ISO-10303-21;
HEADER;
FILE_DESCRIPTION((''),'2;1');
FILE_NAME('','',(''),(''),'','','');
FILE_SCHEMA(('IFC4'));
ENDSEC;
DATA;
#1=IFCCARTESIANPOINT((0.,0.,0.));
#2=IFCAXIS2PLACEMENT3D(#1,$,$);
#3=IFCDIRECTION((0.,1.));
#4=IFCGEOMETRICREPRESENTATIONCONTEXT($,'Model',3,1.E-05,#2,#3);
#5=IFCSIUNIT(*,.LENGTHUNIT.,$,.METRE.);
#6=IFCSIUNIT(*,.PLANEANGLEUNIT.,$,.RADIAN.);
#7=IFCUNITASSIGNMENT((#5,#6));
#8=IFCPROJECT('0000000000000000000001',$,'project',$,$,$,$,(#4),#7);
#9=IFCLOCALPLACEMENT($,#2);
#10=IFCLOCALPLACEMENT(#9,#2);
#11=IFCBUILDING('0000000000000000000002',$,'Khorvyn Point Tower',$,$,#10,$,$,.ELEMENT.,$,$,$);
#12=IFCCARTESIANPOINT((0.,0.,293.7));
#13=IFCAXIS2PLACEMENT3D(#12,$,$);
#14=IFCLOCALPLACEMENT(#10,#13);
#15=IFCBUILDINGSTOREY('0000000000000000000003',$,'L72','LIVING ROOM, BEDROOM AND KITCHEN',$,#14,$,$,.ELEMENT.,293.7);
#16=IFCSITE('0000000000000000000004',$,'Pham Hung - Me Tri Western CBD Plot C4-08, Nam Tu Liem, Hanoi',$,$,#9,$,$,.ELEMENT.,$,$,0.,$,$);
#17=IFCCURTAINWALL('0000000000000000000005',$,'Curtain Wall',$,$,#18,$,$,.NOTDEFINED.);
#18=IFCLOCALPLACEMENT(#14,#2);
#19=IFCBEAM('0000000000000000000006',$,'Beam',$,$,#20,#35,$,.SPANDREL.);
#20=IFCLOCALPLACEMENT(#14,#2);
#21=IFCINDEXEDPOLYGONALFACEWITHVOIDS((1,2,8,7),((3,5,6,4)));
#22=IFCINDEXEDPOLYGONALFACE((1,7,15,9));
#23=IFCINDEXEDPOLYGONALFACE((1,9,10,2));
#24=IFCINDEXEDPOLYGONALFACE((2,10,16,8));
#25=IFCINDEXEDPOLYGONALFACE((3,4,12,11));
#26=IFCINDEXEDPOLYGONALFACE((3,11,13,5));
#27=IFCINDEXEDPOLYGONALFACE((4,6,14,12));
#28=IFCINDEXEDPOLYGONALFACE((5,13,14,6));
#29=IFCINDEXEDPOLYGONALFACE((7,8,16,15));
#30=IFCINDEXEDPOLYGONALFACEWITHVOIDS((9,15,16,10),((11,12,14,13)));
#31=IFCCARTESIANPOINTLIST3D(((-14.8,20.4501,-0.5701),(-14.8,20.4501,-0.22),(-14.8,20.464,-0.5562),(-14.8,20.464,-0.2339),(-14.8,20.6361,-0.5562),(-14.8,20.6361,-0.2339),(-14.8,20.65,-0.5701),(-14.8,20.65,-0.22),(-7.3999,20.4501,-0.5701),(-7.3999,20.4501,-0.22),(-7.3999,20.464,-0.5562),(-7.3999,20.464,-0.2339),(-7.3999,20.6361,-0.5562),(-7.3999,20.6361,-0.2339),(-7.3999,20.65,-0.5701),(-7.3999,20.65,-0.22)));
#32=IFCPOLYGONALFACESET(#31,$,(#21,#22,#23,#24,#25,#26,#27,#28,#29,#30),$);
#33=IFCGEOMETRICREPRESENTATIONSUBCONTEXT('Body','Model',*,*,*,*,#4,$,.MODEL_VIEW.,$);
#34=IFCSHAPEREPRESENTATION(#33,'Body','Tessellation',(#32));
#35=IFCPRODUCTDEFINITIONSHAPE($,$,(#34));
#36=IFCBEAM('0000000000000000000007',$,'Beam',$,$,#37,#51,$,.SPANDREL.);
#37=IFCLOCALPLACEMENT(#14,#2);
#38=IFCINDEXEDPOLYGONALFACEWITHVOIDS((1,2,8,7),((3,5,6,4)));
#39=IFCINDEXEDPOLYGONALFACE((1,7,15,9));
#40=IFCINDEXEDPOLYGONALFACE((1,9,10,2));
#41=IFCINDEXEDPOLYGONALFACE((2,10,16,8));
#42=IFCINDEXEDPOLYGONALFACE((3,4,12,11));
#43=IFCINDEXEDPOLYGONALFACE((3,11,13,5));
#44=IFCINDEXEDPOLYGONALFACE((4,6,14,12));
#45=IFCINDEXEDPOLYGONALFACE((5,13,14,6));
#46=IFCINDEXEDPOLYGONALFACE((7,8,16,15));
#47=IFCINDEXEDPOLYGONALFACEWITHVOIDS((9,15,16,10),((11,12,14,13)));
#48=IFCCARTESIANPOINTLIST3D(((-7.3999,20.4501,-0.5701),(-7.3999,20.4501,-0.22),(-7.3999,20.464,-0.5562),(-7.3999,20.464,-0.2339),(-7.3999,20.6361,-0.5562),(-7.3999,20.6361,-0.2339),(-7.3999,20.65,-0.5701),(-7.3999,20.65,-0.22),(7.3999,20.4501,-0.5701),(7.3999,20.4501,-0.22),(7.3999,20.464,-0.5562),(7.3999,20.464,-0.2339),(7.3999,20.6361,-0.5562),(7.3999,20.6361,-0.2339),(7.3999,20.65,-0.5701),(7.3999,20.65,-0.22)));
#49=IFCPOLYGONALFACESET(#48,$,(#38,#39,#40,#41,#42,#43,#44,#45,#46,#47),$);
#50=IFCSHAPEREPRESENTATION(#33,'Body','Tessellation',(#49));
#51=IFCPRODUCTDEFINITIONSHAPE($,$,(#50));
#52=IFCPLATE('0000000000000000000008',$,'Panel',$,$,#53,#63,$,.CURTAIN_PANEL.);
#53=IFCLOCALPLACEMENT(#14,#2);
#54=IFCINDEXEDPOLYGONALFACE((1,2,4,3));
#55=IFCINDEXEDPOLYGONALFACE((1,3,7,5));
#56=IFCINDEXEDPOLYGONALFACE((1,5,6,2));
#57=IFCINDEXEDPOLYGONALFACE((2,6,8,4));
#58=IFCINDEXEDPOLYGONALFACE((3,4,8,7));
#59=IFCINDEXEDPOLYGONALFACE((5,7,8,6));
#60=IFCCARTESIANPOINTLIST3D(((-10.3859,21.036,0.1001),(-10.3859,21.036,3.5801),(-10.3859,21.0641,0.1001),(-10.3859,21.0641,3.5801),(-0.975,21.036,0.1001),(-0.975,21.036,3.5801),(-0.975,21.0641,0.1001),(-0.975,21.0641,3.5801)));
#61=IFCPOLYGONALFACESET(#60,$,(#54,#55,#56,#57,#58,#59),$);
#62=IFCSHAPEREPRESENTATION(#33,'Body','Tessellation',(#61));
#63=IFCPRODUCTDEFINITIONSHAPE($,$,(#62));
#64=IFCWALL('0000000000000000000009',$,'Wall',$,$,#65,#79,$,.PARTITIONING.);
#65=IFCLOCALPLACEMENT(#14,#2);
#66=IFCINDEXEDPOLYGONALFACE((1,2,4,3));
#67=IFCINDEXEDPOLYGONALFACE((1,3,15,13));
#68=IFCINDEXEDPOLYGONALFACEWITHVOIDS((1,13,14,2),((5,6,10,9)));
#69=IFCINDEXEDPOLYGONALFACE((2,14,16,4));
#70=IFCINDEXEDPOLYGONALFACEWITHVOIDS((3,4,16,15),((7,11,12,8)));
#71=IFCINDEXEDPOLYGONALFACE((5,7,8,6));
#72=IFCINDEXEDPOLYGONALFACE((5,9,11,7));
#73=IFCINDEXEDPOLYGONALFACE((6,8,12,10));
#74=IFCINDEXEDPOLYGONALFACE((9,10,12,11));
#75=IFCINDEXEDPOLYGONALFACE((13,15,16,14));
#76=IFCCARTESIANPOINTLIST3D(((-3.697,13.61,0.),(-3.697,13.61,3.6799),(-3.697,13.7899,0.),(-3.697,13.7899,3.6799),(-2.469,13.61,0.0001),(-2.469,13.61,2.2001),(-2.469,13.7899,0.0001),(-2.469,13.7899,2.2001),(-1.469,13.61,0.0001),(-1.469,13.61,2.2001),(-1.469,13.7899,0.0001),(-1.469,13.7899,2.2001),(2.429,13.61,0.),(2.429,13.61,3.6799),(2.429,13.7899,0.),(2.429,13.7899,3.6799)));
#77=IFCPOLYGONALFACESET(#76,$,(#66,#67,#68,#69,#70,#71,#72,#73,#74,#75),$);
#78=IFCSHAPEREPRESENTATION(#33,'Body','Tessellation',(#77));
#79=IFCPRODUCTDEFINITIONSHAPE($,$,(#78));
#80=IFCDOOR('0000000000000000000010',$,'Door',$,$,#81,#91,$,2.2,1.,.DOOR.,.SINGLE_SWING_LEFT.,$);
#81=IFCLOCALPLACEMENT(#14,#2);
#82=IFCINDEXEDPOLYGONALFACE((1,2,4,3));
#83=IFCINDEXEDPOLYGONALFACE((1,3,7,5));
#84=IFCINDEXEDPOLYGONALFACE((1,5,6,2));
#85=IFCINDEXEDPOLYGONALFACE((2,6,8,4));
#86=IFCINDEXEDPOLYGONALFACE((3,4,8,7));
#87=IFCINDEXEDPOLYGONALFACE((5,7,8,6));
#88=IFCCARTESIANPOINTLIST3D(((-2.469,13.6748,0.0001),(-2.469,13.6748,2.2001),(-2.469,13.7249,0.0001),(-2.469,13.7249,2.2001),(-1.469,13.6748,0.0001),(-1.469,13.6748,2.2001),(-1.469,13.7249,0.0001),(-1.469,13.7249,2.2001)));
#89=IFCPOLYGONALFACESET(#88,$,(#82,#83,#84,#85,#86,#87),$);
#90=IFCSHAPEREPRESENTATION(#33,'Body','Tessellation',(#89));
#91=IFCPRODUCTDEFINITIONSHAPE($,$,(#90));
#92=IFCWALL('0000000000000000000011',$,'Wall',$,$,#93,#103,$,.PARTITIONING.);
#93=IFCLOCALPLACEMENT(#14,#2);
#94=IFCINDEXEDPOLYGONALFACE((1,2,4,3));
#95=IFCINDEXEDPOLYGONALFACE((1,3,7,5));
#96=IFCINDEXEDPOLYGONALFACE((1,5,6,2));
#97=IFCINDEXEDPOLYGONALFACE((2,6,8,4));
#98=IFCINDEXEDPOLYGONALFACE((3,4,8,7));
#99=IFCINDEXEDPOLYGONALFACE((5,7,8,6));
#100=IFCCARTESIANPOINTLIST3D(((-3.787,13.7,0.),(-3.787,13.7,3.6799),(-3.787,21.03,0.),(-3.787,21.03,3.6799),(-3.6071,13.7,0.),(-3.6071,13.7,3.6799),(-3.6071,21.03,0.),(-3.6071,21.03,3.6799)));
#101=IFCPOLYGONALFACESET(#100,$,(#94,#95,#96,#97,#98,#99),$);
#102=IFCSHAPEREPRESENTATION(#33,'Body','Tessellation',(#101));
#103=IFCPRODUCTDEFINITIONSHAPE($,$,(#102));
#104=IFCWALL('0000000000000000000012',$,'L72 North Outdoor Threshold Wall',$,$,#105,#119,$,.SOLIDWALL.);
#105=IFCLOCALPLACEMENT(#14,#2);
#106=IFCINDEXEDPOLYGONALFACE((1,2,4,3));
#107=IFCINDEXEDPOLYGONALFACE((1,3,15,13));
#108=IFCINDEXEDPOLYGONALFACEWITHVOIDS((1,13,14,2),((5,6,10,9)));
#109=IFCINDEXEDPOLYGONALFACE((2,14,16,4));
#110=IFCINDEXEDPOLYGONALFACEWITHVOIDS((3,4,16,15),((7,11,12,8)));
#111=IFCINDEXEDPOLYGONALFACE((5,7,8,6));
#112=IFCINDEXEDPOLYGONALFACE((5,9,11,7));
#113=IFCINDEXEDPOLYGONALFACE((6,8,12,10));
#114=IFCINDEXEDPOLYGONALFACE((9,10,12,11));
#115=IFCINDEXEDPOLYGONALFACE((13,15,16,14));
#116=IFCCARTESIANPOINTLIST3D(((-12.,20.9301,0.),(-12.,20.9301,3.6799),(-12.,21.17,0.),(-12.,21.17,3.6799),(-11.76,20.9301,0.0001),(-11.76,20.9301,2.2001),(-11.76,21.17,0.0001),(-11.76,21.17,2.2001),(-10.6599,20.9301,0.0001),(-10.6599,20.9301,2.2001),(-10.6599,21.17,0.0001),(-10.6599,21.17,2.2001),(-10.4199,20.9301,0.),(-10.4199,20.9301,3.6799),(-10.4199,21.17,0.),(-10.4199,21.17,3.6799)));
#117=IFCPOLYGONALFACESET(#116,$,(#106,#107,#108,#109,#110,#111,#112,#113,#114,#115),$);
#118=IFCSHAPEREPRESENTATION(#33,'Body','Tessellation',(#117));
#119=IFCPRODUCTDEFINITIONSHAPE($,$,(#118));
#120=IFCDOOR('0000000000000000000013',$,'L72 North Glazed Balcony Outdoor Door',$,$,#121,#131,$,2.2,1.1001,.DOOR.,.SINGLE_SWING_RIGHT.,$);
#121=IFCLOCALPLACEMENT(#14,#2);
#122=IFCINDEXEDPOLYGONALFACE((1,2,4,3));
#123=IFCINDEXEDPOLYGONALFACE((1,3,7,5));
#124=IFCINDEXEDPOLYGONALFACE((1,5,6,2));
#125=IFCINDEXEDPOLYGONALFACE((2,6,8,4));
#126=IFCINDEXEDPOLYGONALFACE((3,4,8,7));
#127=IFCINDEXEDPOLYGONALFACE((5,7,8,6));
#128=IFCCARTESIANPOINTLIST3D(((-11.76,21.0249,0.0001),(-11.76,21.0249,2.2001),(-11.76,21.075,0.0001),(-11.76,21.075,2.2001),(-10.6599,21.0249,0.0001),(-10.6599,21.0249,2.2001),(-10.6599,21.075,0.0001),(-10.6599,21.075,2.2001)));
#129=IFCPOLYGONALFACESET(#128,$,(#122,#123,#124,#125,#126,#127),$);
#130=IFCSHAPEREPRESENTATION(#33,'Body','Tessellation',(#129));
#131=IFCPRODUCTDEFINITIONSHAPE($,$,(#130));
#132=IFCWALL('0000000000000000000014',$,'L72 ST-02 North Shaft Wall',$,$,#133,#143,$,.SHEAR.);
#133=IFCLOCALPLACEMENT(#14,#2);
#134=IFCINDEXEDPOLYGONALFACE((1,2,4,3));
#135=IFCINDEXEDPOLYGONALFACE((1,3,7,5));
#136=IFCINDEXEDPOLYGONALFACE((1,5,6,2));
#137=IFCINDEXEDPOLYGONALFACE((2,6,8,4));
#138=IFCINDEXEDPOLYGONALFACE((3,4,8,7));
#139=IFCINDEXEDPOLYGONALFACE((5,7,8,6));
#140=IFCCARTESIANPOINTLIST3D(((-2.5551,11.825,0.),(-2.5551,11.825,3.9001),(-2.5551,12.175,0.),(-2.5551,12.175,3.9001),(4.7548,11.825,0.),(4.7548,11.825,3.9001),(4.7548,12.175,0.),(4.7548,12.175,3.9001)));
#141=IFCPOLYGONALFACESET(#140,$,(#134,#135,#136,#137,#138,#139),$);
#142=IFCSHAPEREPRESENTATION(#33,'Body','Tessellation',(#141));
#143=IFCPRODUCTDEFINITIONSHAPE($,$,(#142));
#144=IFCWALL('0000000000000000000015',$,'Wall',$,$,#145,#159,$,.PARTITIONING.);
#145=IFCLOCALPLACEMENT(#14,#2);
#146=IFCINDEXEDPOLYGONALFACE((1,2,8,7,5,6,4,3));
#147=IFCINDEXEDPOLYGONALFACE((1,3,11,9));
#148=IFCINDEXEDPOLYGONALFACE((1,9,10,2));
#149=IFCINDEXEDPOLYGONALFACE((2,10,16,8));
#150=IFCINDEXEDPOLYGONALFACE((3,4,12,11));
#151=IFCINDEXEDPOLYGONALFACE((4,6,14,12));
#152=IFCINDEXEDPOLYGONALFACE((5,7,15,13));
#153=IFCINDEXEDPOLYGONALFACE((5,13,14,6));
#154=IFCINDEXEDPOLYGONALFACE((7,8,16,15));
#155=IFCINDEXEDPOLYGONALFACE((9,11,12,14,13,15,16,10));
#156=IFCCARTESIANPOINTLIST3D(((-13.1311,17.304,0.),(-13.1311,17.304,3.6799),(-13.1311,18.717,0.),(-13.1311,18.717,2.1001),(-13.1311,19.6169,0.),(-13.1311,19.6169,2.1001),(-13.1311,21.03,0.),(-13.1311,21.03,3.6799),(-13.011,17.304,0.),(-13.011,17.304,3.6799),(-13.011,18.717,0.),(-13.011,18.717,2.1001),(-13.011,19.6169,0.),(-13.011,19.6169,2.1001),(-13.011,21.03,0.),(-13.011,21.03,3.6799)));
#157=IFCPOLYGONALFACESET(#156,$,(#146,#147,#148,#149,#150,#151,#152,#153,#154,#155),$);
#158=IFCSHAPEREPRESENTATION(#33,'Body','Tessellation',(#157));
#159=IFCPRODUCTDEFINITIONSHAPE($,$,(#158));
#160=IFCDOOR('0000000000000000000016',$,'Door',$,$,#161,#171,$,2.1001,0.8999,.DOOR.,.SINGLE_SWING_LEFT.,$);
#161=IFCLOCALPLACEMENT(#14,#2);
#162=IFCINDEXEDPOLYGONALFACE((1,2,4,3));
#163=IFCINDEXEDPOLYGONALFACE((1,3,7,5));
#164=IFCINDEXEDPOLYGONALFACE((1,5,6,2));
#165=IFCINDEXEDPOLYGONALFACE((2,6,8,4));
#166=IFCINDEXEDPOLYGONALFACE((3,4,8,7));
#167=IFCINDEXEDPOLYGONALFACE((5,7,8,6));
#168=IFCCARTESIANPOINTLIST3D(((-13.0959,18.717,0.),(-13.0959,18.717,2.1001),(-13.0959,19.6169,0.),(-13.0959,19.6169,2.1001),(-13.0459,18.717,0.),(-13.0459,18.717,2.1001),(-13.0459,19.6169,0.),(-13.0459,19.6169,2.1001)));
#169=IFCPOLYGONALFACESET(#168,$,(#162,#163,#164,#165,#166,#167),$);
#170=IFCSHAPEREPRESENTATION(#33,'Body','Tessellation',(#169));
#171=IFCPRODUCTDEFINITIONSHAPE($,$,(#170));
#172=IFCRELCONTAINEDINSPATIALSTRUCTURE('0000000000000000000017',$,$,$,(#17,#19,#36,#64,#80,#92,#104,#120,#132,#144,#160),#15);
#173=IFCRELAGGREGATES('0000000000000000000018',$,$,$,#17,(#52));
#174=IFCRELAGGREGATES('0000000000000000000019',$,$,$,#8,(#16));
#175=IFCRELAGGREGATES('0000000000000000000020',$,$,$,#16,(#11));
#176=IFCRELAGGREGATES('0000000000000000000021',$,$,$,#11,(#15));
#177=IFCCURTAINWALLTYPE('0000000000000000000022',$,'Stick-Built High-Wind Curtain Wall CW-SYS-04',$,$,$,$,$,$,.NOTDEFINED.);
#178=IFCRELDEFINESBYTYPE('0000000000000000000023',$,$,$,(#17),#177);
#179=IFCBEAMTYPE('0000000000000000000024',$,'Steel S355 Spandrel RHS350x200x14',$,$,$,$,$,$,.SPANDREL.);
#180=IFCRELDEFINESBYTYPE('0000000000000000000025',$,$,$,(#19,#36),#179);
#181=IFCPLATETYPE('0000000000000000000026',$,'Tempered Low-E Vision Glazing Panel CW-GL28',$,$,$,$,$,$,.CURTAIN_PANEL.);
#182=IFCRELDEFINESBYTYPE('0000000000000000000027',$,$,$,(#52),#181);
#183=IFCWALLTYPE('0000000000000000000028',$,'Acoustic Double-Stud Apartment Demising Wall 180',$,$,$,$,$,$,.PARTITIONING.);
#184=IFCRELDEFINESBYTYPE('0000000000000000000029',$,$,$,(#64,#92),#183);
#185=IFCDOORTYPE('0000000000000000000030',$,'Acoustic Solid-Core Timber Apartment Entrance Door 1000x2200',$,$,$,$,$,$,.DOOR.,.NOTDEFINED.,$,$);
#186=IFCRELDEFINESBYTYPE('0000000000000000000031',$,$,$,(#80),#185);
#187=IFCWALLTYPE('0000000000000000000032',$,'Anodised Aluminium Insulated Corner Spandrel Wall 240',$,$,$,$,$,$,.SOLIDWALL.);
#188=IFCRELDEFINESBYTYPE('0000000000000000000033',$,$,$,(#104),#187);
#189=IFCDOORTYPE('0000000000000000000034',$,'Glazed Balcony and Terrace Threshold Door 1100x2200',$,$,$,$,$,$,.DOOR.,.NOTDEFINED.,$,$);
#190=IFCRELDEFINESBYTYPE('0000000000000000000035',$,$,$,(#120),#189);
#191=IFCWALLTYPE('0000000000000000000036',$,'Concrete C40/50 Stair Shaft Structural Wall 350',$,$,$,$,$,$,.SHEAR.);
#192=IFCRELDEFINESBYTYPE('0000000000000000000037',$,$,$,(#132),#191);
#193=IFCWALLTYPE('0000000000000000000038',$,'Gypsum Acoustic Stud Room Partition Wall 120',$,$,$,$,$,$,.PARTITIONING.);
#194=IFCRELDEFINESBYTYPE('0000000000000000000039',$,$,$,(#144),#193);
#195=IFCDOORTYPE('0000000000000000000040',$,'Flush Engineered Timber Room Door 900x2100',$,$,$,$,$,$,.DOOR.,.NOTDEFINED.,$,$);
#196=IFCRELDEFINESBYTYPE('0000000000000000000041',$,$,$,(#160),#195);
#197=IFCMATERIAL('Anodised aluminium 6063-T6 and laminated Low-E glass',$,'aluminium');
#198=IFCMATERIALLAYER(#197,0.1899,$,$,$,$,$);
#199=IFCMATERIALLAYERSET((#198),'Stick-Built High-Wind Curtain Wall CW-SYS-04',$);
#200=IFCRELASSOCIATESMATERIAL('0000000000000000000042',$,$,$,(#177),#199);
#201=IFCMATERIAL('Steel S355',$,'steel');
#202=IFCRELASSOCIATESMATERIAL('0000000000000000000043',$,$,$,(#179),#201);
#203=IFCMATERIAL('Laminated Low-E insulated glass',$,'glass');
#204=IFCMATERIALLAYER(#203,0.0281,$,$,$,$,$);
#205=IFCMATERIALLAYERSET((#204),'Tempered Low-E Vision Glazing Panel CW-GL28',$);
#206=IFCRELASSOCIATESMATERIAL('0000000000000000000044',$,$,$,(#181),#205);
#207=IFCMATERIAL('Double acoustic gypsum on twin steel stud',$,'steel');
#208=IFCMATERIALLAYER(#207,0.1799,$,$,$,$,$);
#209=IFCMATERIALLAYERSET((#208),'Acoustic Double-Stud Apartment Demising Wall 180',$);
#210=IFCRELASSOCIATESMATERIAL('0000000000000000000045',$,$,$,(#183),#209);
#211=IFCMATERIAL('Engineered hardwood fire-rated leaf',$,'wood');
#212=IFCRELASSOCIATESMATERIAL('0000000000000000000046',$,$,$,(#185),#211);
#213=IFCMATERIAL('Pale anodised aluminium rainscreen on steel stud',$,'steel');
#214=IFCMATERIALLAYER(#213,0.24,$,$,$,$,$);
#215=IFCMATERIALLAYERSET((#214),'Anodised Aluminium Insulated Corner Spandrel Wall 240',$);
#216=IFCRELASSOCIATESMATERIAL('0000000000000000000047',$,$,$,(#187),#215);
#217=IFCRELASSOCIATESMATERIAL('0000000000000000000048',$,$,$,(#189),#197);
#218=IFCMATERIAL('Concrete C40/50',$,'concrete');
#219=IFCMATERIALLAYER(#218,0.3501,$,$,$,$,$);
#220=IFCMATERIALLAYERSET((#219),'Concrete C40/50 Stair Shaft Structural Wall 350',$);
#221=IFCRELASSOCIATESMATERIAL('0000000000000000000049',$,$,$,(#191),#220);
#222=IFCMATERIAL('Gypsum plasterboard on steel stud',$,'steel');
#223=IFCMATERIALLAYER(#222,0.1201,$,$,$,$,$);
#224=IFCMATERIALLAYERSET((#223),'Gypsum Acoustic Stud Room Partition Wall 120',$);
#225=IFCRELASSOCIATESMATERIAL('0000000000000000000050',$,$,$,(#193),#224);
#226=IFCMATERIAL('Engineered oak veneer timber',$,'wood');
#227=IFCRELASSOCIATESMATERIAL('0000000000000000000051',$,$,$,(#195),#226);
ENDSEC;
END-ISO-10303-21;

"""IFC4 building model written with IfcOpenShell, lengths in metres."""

from ifc_helpers import new_model, si_unit, direction, frame, frame_2d, origin, origin_2d, place, context, subcontext, project, spatial, rectangle, hollow_rectangle, extrude, material, layer, layer_set, material_profile, profile_set, type_object, element, fill, aggregate, save


model = new_model("IFC4")

# Units and contexts
model_context = context("Model", 3, precision=1e-05, world=origin(), true_north=direction((0.0, 1.0)))
body_context = subcontext(model_context, "Body", "Model", "MODEL_VIEW")
ifc_project = project(units=[si_unit("LENGTHUNIT", "METRE"), si_unit("PLANEANGLEUNIT", "RADIAN")], contexts=[model_context])

# Site, building, storey
site_placement = place(None, origin())
site = spatial("IfcSite", under=ifc_project, at=site_placement, Name="Pham Hung - Me Tri Western CBD Plot C4-08, Nam Tu Liem, Hanoi", CompositionType="ELEMENT", RefElevation=0.0)
building_placement = place(site_placement, origin())
building = spatial("IfcBuilding", under=site, at=building_placement, Name="Khorvyn Point Tower", CompositionType="ELEMENT")
storey_placement = place(building_placement, frame((0.0, 0.0, 293.7)))
storey = spatial("IfcBuildingStorey", under=building, at=storey_placement, Name="L72", Description="LIVING ROOM, BEDROOM AND KITCHEN", CompositionType="ELEMENT", Elevation=293.7)

# Shared definitions
ifc_material_1 = material(Name="Concrete C40/50", Category="concrete")
ifc_material_2 = material(Name="Steel S355", Category="steel")

# Shared definitions
ifc_material_3 = material(Name="Anodised aluminium 6063-T6 and laminated Low-E glass", Category="aluminium")
ifc_layer_1 = layer(ifc_material_3, 0.1899)
ifc_layer_set_1 = layer_set([ifc_layer_1], Name="Stick-Built High-Wind Curtain Wall CW-SYS-04")
curtain_wall_type = type_object("IfcCurtainWallType", Name="Stick-Built High-Wind Curtain Wall CW-SYS-04", PredefinedType="NOTDEFINED", material=ifc_layer_set_1)

# Curtain wall
curtain_wall_1_placement = place(storey_placement, origin())
curtain_wall_1 = element("IfcCurtainWall", 1, at=curtain_wall_1_placement, inside=storey, type_object=curtain_wall_type, Name="Curtain Wall", PredefinedType="NOTDEFINED")

# Beams
ifc_material_profile_1 = material_profile(ifc_material_2, hollow_rectangle(XDim=0.2, YDim=0.3501, WallThickness=0.0139, at=origin_2d()))
ifc_profile_set_1 = profile_set([ifc_material_profile_1], Name="Steel S355 RHS350x200x14")
beam_type_1 = type_object("IfcBeamType", Name="Steel S355 Spandrel RHS350x200x14", PredefinedType="SPANDREL", material=ifc_profile_set_1)
beam_1_placement = place(storey_placement, frame((-14.8, 20.55, -0.395), z_axis=(1.0, 0.0, 0.0), x_axis=(0.0, 1.0, 0.0)))
element("IfcBeam", 2, at=beam_1_placement, inside=storey, type_object=beam_type_1, Name="Beam", PredefinedType="SPANDREL", context=body_context, shape_type="SweptSolid", body=[
    extrude(hollow_rectangle(XDim=0.2, YDim=0.3501, WallThickness=0.0139, at=origin_2d()), origin(), (0.0, 0.0, 1.0), 7.4001),
])
beam_2_placement = place(storey_placement, frame((-7.3999, 20.55, -0.395), z_axis=(1.0, 0.0, 0.0), x_axis=(0.0, 1.0, 0.0)))
element("IfcBeam", 3, at=beam_2_placement, inside=storey, type_object=beam_type_1, Name="Beam", PredefinedType="SPANDREL", context=body_context, shape_type="SweptSolid", body=[
    extrude(hollow_rectangle(XDim=0.2, YDim=0.3501, WallThickness=0.0139, at=origin_2d()), origin(), (0.0, 0.0, 1.0), 14.7998),
])

# Plate
ifc_material_4 = material(Name="Laminated Low-E insulated glass", Category="glass")
ifc_layer_2 = layer(ifc_material_4, 0.0281)
ifc_layer_set_2 = layer_set([ifc_layer_2], Name="Tempered Low-E Vision Glazing Panel CW-GL28")
plate_type = type_object("IfcPlateType", Name="Tempered Low-E Vision Glazing Panel CW-GL28", PredefinedType="CURTAIN_PANEL", material=ifc_layer_set_2)
plate_placement = place(storey_placement, frame((-5.6804, 21.05, 0.1001), z_axis=(0.0, 0.0, 1.0), x_axis=(1.0, 0.0, 0.0)))
plate = element("IfcPlate", 4, at=plate_placement, type_object=plate_type, Name="Panel", PredefinedType="CURTAIN_PANEL", context=body_context, shape_type="SweptSolid", body=[
    extrude(rectangle(XDim=9.4109, YDim=0.0281, at=origin_2d()), origin(), (0.0, 0.0, 1.0), 3.48),
])
aggregate(curtain_wall_1, [plate])

# Wall, opening, door
ifc_material_5 = material(Name="Double acoustic gypsum on twin steel stud", Category="steel")
ifc_layer_3 = layer(ifc_material_5, 0.1799)
ifc_layer_set_3 = layer_set([ifc_layer_3], Name="Acoustic Double-Stud Apartment Demising Wall 180")
wall_type_1 = type_object("IfcWallType", Name="Acoustic Double-Stud Apartment Demising Wall 180", PredefinedType="PARTITIONING", material=ifc_layer_set_3)
wall_1_placement = place(storey_placement, frame((-3.697, 13.7, 0.0), z_axis=(0.0, 0.0, 1.0), x_axis=(1.0, 0.0, 0.0)))
wall_1 = element("IfcWall", 5, at=wall_1_placement, inside=storey, type_object=wall_type_1, Name="Wall", PredefinedType="PARTITIONING", context=body_context, shape_type="SweptSolid", body=[
    extrude(rectangle(XDim=6.126, YDim=0.1799, at=frame_2d((3.063, 0.0))), origin(), (0.0, 0.0, 1.0), 3.6799),
])
opening_1_placement = place(wall_1_placement, frame((1.228, 0.0, 0.0)))
opening_1 = element("IfcOpeningElement", 6, at=opening_1_placement, cuts=wall_1, PredefinedType="OPENING", context=body_context, shape_type="SweptSolid", body=[
    extrude(rectangle(XDim=1.0, YDim=2.2, at=frame_2d((0.5, 1.1001))), frame((0.0, 0.0999, 0.0), z_axis=(0.0, -1.0, 0.0), x_axis=(1.0, 0.0, 0.0)), (0.0, 0.0, 1.0), 0.2),
])
ifc_material_6 = material(Name="Engineered hardwood fire-rated leaf", Category="wood")
door_type_1 = type_object("IfcDoorType", Name="Acoustic Solid-Core Timber Apartment Entrance Door 1000x2200", OperationType="NOTDEFINED", PredefinedType="DOOR", material=ifc_material_6)
door_1_placement = place(opening_1_placement, origin())
door_1 = element("IfcDoor", 7, at=door_1_placement, inside=storey, type_object=door_type_1, Name="Door", OperationType="SINGLE_SWING_LEFT", OverallHeight=2.2, OverallWidth=1.0, PredefinedType="DOOR", context=body_context, shape_type="SweptSolid", body=[
    extrude(rectangle(XDim=1.0, YDim=2.2, at=frame_2d((0.5, 1.1001))), frame((0.0, 0.0249, 0.0), z_axis=(0.0, -1.0, 0.0), x_axis=(1.0, 0.0, 0.0)), (0.0, 0.0, 1.0), 0.05),
])
fill(opening_1, door_1)

# Wall
wall_2_placement = place(storey_placement, frame((-3.697, 13.7, 0.0), z_axis=(0.0, 0.0, 1.0), x_axis=(0.0, 1.0, 0.0)))
element("IfcWall", 8, at=wall_2_placement, inside=storey, type_object=wall_type_1, Name="Wall", PredefinedType="PARTITIONING", context=body_context, shape_type="SweptSolid", body=[
    extrude(rectangle(XDim=7.3301, YDim=0.1799, at=frame_2d((3.665, 0.0))), origin(), (0.0, 0.0, 1.0), 3.6799),
])

# Wall, opening, door
ifc_material_7 = material(Name="Pale anodised aluminium rainscreen on steel stud", Category="steel")
ifc_layer_4 = layer(ifc_material_7, 0.24)
ifc_layer_set_4 = layer_set([ifc_layer_4], Name="Anodised Aluminium Insulated Corner Spandrel Wall 240")
wall_type_2 = type_object("IfcWallType", Name="Anodised Aluminium Insulated Corner Spandrel Wall 240", PredefinedType="SOLIDWALL", material=ifc_layer_set_4)
wall_3_placement = place(storey_placement, frame((-12.0, 21.05, 0.0), z_axis=(0.0, 0.0, 1.0), x_axis=(1.0, 0.0, 0.0)))
wall_3 = element("IfcWall", 9, at=wall_3_placement, inside=storey, type_object=wall_type_2, Name="L72 North Outdoor Threshold Wall", PredefinedType="SOLIDWALL", context=body_context, shape_type="SweptSolid", body=[
    extrude(rectangle(XDim=1.5801, YDim=0.24, at=frame_2d((0.79, 0.0))), origin(), (0.0, 0.0, 1.0), 3.6799),
])
opening_2_placement = place(wall_3_placement, frame((0.24, 0.0, 0.0)))
opening_2 = element("IfcOpeningElement", 10, at=opening_2_placement, cuts=wall_3, PredefinedType="OPENING", context=body_context, shape_type="SweptSolid", body=[
    extrude(rectangle(XDim=1.1001, YDim=2.2, at=frame_2d((0.55, 1.1001))), frame((0.0, 0.1299, 0.0), z_axis=(0.0, -1.0, 0.0), x_axis=(1.0, 0.0, 0.0)), (0.0, 0.0, 1.0), 0.26),
])
door_type_2 = type_object("IfcDoorType", Name="Glazed Balcony and Terrace Threshold Door 1100x2200", OperationType="NOTDEFINED", PredefinedType="DOOR", material=ifc_material_3)
door_2_placement = place(opening_2_placement, origin())
door_2 = element("IfcDoor", 11, at=door_2_placement, inside=storey, type_object=door_type_2, Name="L72 North Glazed Balcony Outdoor Door", OperationType="SINGLE_SWING_RIGHT", OverallHeight=2.2, OverallWidth=1.1001, PredefinedType="DOOR", context=body_context, shape_type="SweptSolid", body=[
    extrude(rectangle(XDim=1.1001, YDim=2.2, at=frame_2d((0.55, 1.1001))), frame((0.0, 0.0249, 0.0), z_axis=(0.0, -1.0, 0.0), x_axis=(1.0, 0.0, 0.0)), (0.0, 0.0, 1.0), 0.05),
])
fill(opening_2, door_2)

# Wall
ifc_layer_5 = layer(ifc_material_1, 0.3501)
ifc_layer_set_5 = layer_set([ifc_layer_5], Name="Concrete C40/50 Stair Shaft Structural Wall 350")
wall_type_3 = type_object("IfcWallType", Name="Concrete C40/50 Stair Shaft Structural Wall 350", PredefinedType="SHEAR", material=ifc_layer_set_5)
wall_4_placement = place(storey_placement, frame((-2.5549, 12.0, 0.0), z_axis=(0.0, 0.0, 1.0), x_axis=(1.0, 0.0, 0.0)))
element("IfcWall", 12, at=wall_4_placement, inside=storey, type_object=wall_type_3, Name="L72 ST-02 North Shaft Wall", PredefinedType="SHEAR", context=body_context, shape_type="SweptSolid", body=[
    extrude(rectangle(XDim=7.3098, YDim=0.3501, at=frame_2d((3.6548, 0.0))), origin(), (0.0, 0.0, 1.0), 3.9001),
])

# Wall, opening, door
ifc_material_8 = material(Name="Gypsum plasterboard on steel stud", Category="steel")
ifc_layer_6 = layer(ifc_material_8, 0.1201)
ifc_layer_set_6 = layer_set([ifc_layer_6], Name="Gypsum Acoustic Stud Room Partition Wall 120")
wall_type_4 = type_object("IfcWallType", Name="Gypsum Acoustic Stud Room Partition Wall 120", PredefinedType="PARTITIONING", material=ifc_layer_set_6)
wall_5_placement = place(storey_placement, frame((-13.071, 17.304, 0.0), z_axis=(0.0, 0.0, 1.0), x_axis=(0.0, 1.0, 0.0)))
wall_5 = element("IfcWall", 13, at=wall_5_placement, inside=storey, type_object=wall_type_4, Name="Wall", PredefinedType="PARTITIONING", context=body_context, shape_type="SweptSolid", body=[
    extrude(rectangle(XDim=3.7261, YDim=0.1201, at=frame_2d((1.863, 0.0))), origin(), (0.0, 0.0, 1.0), 3.6799),
])
opening_3_placement = place(wall_5_placement, frame((1.4131, 0.0, 0.0)))
opening_3 = element("IfcOpeningElement", 14, at=opening_3_placement, cuts=wall_5, PredefinedType="OPENING", context=body_context, shape_type="SweptSolid", body=[
    extrude(rectangle(XDim=0.8999, YDim=2.1001, at=frame_2d((0.45, 1.05))), frame((0.0, 0.0701, 0.0), z_axis=(0.0, -1.0, 0.0), x_axis=(1.0, 0.0, 0.0)), (0.0, 0.0, 1.0), 0.1401),
])
ifc_material_9 = material(Name="Engineered oak veneer timber", Category="wood")
door_type_3 = type_object("IfcDoorType", Name="Flush Engineered Timber Room Door 900x2100", OperationType="NOTDEFINED", PredefinedType="DOOR", material=ifc_material_9)
door_3_placement = place(opening_3_placement, origin())
door_3 = element("IfcDoor", 15, at=door_3_placement, inside=storey, type_object=door_type_3, Name="Door", OperationType="SINGLE_SWING_LEFT", OverallHeight=2.1001, OverallWidth=0.8999, PredefinedType="DOOR", context=body_context, shape_type="SweptSolid", body=[
    extrude(rectangle(XDim=0.8999, YDim=2.1001, at=frame_2d((0.45, 1.05))), frame((0.0, 0.0249, 0.0), z_axis=(0.0, -1.0, 0.0), x_axis=(1.0, 0.0, 0.0)), (0.0, 0.0, 1.0), 0.05),
])
fill(opening_3, door_3)

save(model, "model.ifc")
